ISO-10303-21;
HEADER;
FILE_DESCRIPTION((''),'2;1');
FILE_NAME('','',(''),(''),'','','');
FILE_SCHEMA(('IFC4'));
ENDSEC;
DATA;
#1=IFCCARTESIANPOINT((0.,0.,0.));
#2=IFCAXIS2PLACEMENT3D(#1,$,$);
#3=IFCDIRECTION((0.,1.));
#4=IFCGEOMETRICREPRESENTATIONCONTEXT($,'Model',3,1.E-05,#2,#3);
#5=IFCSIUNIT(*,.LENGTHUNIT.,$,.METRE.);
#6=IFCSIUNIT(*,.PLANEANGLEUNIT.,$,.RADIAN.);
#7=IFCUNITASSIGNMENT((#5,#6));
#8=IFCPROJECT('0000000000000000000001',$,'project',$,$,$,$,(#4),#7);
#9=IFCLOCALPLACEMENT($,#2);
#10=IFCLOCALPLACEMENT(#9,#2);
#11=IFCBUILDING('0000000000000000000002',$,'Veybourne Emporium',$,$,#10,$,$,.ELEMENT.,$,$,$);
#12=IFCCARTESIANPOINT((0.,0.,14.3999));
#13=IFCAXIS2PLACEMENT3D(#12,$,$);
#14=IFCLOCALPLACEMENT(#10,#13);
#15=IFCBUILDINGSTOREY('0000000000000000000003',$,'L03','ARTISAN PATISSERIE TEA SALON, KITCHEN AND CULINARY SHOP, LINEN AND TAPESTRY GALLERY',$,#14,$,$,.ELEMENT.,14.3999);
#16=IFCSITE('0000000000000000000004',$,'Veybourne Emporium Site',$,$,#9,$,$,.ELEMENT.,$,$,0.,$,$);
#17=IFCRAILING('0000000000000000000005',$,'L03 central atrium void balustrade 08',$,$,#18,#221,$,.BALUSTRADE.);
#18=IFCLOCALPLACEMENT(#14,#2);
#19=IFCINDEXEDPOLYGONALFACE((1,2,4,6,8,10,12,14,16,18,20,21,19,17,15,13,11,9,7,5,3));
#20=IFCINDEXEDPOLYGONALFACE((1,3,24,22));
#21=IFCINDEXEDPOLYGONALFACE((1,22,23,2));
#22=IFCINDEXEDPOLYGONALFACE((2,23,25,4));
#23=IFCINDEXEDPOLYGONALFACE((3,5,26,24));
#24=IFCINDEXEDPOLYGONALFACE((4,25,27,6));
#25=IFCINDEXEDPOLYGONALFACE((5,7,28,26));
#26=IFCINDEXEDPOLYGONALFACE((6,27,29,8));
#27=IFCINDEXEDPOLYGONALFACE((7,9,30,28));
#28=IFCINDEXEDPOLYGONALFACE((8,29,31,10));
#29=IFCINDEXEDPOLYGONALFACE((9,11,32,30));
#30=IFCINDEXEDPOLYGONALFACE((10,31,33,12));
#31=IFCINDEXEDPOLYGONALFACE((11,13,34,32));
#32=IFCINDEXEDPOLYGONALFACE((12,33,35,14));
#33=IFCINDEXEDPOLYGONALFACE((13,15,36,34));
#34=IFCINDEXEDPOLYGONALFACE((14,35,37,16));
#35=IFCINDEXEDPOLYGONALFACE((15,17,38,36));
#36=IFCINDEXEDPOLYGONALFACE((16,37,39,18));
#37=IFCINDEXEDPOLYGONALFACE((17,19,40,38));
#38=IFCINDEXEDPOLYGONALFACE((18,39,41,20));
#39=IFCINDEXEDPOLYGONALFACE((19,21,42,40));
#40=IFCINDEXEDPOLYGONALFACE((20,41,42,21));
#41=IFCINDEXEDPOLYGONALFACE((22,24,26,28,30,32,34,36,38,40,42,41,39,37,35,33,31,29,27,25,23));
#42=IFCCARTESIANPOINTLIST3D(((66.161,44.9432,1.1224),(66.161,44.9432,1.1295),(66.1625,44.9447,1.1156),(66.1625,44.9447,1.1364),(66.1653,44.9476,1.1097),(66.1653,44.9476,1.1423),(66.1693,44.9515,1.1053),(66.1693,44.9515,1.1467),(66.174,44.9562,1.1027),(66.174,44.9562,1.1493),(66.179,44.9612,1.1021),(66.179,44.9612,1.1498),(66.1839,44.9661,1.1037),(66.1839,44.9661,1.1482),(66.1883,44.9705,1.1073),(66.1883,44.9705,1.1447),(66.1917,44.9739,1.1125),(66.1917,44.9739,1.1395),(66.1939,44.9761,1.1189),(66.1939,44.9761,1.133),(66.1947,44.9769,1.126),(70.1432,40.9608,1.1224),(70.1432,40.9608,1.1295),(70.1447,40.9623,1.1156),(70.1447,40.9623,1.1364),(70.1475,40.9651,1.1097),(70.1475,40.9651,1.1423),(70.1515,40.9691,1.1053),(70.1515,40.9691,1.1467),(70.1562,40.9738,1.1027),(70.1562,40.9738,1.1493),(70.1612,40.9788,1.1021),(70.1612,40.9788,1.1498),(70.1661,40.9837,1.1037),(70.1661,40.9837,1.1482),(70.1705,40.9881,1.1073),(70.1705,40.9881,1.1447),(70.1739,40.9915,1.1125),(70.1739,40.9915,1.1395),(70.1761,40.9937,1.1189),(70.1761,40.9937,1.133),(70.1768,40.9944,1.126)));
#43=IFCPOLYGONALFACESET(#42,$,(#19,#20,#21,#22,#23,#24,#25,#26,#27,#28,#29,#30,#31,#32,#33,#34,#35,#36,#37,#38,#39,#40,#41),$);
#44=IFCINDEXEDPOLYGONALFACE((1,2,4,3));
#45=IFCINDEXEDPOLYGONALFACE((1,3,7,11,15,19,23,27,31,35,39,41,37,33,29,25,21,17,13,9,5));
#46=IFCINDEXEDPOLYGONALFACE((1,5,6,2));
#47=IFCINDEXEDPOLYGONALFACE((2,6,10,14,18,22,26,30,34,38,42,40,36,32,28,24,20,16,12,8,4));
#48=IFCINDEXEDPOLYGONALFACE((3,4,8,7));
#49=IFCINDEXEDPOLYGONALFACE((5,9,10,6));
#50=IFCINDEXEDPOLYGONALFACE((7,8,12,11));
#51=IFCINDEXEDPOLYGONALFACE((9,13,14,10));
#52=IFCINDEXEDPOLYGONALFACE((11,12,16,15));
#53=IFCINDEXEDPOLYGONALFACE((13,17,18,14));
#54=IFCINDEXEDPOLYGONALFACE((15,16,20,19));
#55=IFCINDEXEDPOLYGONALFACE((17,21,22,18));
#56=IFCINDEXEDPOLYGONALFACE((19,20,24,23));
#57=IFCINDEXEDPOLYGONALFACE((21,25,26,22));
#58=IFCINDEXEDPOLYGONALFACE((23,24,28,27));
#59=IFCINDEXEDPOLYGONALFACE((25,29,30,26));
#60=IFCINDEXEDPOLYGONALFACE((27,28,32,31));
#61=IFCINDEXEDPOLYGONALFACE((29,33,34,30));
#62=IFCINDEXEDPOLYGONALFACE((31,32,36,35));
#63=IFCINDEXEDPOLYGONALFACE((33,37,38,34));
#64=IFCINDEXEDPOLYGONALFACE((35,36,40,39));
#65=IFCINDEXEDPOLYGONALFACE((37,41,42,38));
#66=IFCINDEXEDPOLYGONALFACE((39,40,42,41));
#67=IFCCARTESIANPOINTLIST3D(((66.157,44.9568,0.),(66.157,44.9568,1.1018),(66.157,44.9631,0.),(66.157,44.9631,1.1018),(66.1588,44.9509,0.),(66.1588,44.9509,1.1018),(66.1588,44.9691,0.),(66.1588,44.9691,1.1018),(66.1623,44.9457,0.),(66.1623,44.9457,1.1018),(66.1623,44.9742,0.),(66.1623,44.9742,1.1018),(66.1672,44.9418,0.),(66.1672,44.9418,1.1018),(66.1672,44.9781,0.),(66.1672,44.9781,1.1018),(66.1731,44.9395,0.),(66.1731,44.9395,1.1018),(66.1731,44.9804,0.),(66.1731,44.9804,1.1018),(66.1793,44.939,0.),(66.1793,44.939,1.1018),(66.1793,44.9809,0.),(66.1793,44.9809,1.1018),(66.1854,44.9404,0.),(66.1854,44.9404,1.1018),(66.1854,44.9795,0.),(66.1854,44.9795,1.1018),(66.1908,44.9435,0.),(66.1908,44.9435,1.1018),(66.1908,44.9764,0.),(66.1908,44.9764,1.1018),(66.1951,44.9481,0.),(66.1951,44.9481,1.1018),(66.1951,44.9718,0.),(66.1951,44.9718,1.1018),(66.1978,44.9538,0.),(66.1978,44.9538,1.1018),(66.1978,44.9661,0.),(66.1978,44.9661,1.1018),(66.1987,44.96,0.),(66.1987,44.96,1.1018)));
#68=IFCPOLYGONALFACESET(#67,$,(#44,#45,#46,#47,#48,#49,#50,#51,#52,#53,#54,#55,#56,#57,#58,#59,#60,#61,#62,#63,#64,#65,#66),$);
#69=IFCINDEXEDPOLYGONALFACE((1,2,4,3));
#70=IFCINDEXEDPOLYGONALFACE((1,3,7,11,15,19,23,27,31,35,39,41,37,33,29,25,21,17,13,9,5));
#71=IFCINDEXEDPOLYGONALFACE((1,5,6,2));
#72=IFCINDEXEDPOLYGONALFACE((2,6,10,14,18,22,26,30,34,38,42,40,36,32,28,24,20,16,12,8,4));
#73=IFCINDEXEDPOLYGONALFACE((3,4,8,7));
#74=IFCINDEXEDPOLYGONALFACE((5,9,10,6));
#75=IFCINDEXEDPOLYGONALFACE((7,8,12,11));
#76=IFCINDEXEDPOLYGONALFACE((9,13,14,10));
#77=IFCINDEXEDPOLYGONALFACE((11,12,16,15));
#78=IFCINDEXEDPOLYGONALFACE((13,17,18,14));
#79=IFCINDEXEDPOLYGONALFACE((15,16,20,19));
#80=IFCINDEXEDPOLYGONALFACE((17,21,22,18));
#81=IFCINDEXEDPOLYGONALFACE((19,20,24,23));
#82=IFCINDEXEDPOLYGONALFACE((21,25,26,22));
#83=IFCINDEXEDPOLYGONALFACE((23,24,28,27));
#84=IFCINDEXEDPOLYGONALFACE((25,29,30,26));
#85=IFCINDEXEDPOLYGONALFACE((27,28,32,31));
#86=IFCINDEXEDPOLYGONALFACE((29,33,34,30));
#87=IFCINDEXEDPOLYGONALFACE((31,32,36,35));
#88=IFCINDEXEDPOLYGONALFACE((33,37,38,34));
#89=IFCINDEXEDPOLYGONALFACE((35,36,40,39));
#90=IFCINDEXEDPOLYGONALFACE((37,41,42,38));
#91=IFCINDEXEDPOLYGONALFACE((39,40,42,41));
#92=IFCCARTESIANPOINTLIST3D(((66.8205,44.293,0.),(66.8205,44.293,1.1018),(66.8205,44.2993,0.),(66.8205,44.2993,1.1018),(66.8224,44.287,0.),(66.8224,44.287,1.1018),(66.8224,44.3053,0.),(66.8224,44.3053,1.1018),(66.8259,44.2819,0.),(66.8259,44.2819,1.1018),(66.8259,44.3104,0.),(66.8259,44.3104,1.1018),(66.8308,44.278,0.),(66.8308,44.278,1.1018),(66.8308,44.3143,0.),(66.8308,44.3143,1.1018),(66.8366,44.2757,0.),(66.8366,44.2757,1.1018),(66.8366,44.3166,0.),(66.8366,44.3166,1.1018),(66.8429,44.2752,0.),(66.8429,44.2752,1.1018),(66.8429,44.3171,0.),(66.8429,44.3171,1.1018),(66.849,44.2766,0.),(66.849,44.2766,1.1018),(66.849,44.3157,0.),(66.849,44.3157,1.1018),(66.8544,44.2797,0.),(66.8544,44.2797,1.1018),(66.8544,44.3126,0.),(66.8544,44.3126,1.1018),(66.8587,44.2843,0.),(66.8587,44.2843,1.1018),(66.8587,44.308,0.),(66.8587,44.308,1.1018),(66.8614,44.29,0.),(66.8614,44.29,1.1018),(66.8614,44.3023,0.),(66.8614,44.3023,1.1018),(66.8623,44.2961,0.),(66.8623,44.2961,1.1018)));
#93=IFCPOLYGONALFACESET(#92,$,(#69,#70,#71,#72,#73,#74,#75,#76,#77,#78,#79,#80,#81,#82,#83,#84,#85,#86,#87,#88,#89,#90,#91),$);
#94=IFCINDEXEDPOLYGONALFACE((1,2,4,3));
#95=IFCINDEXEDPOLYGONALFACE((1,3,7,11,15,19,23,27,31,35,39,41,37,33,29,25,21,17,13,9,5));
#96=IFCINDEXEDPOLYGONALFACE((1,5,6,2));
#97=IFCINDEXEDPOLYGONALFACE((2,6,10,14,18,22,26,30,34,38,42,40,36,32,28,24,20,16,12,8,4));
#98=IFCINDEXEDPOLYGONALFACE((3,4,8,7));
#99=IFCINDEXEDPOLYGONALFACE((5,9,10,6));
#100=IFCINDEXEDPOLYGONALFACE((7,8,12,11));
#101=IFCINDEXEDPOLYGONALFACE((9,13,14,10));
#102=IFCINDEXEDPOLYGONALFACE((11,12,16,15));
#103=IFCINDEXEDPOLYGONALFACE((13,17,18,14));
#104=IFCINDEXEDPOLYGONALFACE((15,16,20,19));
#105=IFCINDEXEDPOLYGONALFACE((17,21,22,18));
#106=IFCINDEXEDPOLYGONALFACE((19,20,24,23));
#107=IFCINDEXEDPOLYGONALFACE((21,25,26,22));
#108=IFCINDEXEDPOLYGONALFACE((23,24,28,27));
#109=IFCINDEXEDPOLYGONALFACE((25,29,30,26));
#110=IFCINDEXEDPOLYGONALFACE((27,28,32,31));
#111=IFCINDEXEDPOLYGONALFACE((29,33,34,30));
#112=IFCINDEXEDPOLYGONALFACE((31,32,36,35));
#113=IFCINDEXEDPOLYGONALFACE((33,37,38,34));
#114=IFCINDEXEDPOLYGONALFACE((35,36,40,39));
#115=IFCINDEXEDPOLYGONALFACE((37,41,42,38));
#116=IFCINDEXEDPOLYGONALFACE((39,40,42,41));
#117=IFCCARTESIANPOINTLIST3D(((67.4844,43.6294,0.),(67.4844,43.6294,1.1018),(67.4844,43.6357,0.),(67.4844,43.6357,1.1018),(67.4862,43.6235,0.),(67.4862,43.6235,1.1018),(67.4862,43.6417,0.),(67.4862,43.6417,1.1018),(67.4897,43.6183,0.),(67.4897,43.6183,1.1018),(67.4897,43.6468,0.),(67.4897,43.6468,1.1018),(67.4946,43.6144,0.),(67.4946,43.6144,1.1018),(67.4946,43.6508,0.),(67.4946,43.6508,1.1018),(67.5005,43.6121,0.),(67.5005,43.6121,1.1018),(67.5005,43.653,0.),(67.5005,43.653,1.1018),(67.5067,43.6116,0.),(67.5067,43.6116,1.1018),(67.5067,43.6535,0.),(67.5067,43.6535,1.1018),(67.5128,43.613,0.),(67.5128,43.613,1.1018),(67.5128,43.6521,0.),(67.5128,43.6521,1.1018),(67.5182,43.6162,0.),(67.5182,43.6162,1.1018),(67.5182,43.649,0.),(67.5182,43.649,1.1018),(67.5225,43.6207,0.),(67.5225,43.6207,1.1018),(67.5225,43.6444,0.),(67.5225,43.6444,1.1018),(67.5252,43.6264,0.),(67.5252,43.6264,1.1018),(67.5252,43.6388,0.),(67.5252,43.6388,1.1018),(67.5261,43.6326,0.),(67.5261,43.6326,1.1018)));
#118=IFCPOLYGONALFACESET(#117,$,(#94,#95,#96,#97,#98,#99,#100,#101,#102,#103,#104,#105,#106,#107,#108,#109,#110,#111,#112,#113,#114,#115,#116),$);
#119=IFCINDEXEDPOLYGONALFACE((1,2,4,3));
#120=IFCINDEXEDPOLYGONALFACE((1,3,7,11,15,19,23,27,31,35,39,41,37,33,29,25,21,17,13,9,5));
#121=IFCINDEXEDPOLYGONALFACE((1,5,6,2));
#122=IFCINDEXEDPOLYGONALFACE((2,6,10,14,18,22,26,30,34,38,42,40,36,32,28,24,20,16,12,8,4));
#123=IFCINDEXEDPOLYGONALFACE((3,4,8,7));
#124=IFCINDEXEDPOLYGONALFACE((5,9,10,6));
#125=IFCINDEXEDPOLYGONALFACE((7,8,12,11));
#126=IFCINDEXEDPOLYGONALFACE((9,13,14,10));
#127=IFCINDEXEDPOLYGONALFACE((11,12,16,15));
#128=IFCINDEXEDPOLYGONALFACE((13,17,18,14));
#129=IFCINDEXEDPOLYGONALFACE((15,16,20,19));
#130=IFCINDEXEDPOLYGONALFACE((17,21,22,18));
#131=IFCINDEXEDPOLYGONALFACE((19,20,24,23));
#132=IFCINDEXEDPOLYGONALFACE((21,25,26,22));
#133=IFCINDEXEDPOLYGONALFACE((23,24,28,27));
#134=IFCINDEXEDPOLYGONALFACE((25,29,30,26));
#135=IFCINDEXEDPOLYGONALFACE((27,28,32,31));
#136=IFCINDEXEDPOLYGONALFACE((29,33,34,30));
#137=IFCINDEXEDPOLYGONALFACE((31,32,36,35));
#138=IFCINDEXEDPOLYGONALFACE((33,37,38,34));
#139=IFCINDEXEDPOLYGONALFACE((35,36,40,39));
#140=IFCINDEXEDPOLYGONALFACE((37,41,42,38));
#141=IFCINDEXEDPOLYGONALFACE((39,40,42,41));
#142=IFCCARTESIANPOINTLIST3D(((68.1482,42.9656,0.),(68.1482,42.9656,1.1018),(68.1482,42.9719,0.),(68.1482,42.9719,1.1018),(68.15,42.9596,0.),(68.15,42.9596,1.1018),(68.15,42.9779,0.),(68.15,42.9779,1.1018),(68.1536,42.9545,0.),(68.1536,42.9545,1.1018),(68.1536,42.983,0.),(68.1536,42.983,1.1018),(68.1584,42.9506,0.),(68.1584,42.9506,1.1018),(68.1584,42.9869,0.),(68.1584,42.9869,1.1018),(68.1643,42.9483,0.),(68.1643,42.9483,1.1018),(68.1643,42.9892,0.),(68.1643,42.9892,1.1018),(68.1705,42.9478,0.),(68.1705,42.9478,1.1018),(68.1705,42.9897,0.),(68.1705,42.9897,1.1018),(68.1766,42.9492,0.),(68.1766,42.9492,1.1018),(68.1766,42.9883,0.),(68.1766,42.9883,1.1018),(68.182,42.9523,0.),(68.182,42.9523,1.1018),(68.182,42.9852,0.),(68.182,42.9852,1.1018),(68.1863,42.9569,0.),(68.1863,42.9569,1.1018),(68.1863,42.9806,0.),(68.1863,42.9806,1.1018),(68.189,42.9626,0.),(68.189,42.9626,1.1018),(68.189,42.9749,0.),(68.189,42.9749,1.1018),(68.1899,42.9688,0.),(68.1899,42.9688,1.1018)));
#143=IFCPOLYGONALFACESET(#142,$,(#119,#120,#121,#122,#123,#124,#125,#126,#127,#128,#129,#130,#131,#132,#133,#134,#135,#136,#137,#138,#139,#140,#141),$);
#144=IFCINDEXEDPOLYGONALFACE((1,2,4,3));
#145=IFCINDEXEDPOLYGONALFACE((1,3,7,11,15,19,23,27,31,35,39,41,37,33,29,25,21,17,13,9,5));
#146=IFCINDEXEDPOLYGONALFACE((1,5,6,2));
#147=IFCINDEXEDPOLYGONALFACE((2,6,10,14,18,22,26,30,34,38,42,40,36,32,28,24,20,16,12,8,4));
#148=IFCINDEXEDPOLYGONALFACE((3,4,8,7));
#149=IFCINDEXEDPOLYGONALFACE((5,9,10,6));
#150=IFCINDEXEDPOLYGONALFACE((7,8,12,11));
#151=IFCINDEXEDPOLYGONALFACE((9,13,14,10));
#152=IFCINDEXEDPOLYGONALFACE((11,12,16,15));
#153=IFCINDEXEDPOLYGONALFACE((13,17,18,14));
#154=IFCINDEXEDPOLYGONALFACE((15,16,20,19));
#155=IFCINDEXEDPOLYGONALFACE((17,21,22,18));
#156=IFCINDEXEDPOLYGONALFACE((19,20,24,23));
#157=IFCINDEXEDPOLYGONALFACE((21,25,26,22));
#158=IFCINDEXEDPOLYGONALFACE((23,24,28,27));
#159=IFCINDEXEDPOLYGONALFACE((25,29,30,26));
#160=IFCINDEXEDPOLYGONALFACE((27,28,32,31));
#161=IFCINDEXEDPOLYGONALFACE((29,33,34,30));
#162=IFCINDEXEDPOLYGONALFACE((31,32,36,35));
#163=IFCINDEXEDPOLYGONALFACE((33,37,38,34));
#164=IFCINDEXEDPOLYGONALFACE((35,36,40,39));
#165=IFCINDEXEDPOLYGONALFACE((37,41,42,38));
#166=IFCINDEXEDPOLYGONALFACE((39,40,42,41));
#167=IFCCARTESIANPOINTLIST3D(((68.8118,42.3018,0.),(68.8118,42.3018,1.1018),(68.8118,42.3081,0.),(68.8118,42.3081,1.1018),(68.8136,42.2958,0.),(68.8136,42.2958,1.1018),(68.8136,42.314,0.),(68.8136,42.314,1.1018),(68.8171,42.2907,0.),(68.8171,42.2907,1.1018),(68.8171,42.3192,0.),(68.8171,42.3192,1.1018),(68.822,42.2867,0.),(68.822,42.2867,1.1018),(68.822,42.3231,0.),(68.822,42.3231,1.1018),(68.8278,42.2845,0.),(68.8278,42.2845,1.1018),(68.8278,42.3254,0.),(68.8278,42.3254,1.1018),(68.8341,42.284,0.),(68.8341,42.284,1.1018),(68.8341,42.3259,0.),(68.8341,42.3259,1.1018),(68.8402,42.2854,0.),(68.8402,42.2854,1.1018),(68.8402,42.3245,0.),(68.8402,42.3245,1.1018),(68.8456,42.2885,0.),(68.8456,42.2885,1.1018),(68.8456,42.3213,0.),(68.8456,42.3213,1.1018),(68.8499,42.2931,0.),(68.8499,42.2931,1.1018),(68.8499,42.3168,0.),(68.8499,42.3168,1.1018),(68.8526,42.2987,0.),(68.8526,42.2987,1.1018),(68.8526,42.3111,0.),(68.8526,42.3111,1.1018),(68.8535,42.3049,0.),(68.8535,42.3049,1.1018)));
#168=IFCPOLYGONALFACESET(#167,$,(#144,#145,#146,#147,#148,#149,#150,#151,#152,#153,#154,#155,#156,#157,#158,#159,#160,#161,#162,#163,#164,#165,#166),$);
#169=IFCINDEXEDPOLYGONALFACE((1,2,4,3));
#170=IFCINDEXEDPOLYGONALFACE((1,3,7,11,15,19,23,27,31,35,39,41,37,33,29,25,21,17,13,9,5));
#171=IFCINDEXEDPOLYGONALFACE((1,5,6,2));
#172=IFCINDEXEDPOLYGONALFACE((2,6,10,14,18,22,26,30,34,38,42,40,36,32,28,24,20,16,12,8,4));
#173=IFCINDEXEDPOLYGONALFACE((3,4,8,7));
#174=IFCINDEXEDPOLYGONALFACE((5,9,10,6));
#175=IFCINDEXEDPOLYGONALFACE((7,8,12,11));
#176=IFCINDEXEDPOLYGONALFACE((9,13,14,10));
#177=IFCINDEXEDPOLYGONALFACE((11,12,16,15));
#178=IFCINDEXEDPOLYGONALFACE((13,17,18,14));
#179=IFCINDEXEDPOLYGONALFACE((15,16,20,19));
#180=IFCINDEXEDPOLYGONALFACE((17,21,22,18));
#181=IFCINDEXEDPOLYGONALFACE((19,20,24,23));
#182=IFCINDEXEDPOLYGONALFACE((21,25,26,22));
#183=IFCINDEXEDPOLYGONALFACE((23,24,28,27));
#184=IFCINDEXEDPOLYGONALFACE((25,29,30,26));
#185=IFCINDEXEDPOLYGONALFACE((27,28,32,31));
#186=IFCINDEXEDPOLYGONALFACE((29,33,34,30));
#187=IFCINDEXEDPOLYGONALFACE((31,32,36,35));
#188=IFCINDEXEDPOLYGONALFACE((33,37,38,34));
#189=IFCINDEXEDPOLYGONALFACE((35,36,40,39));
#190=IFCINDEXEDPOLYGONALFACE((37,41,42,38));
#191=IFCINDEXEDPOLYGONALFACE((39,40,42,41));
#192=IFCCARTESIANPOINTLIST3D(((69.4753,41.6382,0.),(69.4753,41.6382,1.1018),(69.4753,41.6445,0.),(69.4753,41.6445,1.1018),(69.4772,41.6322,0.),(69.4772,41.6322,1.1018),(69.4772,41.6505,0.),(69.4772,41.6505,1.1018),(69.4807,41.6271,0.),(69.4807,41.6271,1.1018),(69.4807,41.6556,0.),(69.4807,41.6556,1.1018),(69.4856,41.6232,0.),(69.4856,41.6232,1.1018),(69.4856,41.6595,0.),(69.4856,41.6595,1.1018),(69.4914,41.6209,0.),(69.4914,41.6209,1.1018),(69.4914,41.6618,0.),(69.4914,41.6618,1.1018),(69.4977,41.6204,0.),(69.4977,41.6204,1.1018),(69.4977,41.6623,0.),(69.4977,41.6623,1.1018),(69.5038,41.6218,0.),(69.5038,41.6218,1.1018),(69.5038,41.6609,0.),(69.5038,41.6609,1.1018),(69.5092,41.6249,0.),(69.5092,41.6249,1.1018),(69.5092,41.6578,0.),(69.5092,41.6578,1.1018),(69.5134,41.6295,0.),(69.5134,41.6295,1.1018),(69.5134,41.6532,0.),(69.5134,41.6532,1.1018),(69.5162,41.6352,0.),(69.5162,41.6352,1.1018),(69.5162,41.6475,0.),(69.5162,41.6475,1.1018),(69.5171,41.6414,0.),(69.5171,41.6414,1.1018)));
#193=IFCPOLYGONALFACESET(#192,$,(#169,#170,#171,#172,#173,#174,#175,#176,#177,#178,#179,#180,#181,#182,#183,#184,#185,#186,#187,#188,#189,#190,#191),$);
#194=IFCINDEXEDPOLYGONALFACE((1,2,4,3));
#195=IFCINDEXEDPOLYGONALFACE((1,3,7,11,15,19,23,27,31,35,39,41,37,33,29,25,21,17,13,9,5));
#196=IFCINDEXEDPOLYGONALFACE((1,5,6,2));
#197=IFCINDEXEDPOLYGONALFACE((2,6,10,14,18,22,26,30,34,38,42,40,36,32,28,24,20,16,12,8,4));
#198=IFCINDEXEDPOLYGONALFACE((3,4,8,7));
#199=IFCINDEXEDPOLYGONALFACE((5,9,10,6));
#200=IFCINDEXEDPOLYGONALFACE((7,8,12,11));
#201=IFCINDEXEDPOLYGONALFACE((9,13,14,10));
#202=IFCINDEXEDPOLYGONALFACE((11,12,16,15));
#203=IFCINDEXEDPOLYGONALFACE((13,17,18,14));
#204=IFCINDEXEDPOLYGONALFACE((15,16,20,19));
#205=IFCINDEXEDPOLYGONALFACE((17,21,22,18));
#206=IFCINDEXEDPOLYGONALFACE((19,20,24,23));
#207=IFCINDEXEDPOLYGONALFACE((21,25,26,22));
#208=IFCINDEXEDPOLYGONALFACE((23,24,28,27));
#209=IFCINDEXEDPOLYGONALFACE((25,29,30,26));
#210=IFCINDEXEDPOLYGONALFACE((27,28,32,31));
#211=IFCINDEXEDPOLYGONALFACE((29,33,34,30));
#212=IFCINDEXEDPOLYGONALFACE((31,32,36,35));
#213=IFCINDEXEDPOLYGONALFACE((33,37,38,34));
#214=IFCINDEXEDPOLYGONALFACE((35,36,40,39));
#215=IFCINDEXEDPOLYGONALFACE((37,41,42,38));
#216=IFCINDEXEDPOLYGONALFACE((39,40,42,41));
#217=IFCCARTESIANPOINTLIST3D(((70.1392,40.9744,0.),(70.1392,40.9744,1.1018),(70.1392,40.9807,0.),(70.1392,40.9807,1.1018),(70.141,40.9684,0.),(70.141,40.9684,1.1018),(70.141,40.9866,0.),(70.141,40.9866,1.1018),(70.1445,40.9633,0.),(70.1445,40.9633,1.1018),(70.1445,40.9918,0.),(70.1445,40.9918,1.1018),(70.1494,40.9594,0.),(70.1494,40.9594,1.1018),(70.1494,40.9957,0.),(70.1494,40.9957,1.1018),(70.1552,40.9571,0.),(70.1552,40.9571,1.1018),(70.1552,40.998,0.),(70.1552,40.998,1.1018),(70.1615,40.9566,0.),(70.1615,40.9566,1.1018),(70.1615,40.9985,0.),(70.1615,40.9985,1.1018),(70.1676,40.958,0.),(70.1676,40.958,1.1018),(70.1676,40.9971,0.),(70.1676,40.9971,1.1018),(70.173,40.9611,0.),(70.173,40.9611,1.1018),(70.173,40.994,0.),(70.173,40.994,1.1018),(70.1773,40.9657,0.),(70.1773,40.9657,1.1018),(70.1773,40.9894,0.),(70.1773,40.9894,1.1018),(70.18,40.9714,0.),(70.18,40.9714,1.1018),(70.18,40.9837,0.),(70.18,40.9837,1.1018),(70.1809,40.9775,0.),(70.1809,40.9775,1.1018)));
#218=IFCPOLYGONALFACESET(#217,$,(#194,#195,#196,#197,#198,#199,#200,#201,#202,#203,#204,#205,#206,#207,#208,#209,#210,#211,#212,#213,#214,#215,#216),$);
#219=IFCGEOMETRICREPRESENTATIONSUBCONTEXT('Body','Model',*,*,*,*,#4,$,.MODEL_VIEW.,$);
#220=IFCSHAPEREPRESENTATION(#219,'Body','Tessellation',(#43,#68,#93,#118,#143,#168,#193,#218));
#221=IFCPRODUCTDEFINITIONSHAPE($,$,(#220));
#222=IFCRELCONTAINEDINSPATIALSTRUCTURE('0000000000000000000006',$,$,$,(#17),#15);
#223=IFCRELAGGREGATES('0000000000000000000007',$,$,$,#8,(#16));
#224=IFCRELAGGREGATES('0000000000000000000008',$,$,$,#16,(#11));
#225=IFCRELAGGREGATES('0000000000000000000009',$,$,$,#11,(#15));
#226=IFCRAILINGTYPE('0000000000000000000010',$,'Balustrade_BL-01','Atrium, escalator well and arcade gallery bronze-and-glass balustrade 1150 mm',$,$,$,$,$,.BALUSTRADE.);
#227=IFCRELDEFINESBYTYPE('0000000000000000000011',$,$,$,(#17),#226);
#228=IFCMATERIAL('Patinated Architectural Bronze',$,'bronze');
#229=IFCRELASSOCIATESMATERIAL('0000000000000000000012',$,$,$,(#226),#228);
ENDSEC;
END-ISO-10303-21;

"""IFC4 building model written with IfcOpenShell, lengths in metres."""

from ifc_helpers import new_model, si_unit, direction, frame, origin, origin_2d, place, context, subcontext, project, spatial, circle, extrude, material, type_object, element, save


model = new_model("IFC4")

# Units and contexts
model_context = context("Model", 3, precision=1e-05, world=origin(), true_north=direction((0.0, 1.0)))
body_context = subcontext(model_context, "Body", "Model", "MODEL_VIEW")
ifc_project = project(units=[si_unit("LENGTHUNIT", "METRE"), si_unit("PLANEANGLEUNIT", "RADIAN")], contexts=[model_context])

# Site, building, storey
site_placement = place(None, origin())
site = spatial("IfcSite", under=ifc_project, at=site_placement, Name="Veybourne Emporium Site", CompositionType="ELEMENT", RefElevation=0.0)
building_placement = place(site_placement, origin())
building = spatial("IfcBuilding", under=site, at=building_placement, Name="Veybourne Emporium", CompositionType="ELEMENT")
storey_placement = place(building_placement, frame((0.0, 0.0, 14.3999)))
storey = spatial("IfcBuildingStorey", under=building, at=storey_placement, Name="L03", Description="ARTISAN PATISSERIE TEA SALON, KITCHEN AND CULINARY SHOP, LINEN AND TAPESTRY GALLERY", CompositionType="ELEMENT", Elevation=14.3999)

# Shared definitions
ifc_material_1 = material(Name="Patinated Architectural Bronze", Category="bronze")

# Railing
railing_type = type_object("IfcRailingType", Name="Balustrade_BL-01", Description="Atrium, escalator well and arcade gallery bronze-and-glass balustrade 1150 mm", PredefinedType="BALUSTRADE", material=ifc_material_1)
railing_1_placement = place(storey_placement, frame((66.1777, 44.96, 0.0)))
element("IfcRailing", 1, at=railing_1_placement, inside=storey, type_object=railing_type, Name="L03 central atrium void balustrade 08", PredefinedType="BALUSTRADE", context=body_context, shape_type="SweptSolid", body=[
    extrude(circle(Radius=0.0239, at=origin_2d()), frame((0.0, 0.0, 1.126), z_axis=(0.707085, -0.707128, 0.0), x_axis=(0.707128, 0.707085, 0.0)), (0.0, 0.0, 1.0), 5.6318),
    extrude(circle(Radius=0.021, at=origin_2d()), origin(), (0.0, 0.0, 1.0), 1.1018),
    extrude(circle(Radius=0.021, at=origin_2d()), frame((0.6636, -0.6638, 0.0)), (0.0, 0.0, 1.0), 1.1018),
    extrude(circle(Radius=0.021, at=origin_2d()), frame((1.3274, -1.3274, 0.0)), (0.0, 0.0, 1.0), 1.1018),
    extrude(circle(Radius=0.021, at=origin_2d()), frame((1.9912, -1.9912, 0.0)), (0.0, 0.0, 1.0), 1.1018),
    extrude(circle(Radius=0.021, at=origin_2d()), frame((2.6548, -2.655, 0.0)), (0.0, 0.0, 1.0), 1.1018),
    extrude(circle(Radius=0.021, at=origin_2d()), frame((3.3184, -3.3186, 0.0)), (0.0, 0.0, 1.0), 1.1018),
    extrude(circle(Radius=0.021, at=origin_2d()), frame((3.9822, -3.9824, 0.0)), (0.0, 0.0, 1.0), 1.1018),
])

save(model, "model.ifc")
